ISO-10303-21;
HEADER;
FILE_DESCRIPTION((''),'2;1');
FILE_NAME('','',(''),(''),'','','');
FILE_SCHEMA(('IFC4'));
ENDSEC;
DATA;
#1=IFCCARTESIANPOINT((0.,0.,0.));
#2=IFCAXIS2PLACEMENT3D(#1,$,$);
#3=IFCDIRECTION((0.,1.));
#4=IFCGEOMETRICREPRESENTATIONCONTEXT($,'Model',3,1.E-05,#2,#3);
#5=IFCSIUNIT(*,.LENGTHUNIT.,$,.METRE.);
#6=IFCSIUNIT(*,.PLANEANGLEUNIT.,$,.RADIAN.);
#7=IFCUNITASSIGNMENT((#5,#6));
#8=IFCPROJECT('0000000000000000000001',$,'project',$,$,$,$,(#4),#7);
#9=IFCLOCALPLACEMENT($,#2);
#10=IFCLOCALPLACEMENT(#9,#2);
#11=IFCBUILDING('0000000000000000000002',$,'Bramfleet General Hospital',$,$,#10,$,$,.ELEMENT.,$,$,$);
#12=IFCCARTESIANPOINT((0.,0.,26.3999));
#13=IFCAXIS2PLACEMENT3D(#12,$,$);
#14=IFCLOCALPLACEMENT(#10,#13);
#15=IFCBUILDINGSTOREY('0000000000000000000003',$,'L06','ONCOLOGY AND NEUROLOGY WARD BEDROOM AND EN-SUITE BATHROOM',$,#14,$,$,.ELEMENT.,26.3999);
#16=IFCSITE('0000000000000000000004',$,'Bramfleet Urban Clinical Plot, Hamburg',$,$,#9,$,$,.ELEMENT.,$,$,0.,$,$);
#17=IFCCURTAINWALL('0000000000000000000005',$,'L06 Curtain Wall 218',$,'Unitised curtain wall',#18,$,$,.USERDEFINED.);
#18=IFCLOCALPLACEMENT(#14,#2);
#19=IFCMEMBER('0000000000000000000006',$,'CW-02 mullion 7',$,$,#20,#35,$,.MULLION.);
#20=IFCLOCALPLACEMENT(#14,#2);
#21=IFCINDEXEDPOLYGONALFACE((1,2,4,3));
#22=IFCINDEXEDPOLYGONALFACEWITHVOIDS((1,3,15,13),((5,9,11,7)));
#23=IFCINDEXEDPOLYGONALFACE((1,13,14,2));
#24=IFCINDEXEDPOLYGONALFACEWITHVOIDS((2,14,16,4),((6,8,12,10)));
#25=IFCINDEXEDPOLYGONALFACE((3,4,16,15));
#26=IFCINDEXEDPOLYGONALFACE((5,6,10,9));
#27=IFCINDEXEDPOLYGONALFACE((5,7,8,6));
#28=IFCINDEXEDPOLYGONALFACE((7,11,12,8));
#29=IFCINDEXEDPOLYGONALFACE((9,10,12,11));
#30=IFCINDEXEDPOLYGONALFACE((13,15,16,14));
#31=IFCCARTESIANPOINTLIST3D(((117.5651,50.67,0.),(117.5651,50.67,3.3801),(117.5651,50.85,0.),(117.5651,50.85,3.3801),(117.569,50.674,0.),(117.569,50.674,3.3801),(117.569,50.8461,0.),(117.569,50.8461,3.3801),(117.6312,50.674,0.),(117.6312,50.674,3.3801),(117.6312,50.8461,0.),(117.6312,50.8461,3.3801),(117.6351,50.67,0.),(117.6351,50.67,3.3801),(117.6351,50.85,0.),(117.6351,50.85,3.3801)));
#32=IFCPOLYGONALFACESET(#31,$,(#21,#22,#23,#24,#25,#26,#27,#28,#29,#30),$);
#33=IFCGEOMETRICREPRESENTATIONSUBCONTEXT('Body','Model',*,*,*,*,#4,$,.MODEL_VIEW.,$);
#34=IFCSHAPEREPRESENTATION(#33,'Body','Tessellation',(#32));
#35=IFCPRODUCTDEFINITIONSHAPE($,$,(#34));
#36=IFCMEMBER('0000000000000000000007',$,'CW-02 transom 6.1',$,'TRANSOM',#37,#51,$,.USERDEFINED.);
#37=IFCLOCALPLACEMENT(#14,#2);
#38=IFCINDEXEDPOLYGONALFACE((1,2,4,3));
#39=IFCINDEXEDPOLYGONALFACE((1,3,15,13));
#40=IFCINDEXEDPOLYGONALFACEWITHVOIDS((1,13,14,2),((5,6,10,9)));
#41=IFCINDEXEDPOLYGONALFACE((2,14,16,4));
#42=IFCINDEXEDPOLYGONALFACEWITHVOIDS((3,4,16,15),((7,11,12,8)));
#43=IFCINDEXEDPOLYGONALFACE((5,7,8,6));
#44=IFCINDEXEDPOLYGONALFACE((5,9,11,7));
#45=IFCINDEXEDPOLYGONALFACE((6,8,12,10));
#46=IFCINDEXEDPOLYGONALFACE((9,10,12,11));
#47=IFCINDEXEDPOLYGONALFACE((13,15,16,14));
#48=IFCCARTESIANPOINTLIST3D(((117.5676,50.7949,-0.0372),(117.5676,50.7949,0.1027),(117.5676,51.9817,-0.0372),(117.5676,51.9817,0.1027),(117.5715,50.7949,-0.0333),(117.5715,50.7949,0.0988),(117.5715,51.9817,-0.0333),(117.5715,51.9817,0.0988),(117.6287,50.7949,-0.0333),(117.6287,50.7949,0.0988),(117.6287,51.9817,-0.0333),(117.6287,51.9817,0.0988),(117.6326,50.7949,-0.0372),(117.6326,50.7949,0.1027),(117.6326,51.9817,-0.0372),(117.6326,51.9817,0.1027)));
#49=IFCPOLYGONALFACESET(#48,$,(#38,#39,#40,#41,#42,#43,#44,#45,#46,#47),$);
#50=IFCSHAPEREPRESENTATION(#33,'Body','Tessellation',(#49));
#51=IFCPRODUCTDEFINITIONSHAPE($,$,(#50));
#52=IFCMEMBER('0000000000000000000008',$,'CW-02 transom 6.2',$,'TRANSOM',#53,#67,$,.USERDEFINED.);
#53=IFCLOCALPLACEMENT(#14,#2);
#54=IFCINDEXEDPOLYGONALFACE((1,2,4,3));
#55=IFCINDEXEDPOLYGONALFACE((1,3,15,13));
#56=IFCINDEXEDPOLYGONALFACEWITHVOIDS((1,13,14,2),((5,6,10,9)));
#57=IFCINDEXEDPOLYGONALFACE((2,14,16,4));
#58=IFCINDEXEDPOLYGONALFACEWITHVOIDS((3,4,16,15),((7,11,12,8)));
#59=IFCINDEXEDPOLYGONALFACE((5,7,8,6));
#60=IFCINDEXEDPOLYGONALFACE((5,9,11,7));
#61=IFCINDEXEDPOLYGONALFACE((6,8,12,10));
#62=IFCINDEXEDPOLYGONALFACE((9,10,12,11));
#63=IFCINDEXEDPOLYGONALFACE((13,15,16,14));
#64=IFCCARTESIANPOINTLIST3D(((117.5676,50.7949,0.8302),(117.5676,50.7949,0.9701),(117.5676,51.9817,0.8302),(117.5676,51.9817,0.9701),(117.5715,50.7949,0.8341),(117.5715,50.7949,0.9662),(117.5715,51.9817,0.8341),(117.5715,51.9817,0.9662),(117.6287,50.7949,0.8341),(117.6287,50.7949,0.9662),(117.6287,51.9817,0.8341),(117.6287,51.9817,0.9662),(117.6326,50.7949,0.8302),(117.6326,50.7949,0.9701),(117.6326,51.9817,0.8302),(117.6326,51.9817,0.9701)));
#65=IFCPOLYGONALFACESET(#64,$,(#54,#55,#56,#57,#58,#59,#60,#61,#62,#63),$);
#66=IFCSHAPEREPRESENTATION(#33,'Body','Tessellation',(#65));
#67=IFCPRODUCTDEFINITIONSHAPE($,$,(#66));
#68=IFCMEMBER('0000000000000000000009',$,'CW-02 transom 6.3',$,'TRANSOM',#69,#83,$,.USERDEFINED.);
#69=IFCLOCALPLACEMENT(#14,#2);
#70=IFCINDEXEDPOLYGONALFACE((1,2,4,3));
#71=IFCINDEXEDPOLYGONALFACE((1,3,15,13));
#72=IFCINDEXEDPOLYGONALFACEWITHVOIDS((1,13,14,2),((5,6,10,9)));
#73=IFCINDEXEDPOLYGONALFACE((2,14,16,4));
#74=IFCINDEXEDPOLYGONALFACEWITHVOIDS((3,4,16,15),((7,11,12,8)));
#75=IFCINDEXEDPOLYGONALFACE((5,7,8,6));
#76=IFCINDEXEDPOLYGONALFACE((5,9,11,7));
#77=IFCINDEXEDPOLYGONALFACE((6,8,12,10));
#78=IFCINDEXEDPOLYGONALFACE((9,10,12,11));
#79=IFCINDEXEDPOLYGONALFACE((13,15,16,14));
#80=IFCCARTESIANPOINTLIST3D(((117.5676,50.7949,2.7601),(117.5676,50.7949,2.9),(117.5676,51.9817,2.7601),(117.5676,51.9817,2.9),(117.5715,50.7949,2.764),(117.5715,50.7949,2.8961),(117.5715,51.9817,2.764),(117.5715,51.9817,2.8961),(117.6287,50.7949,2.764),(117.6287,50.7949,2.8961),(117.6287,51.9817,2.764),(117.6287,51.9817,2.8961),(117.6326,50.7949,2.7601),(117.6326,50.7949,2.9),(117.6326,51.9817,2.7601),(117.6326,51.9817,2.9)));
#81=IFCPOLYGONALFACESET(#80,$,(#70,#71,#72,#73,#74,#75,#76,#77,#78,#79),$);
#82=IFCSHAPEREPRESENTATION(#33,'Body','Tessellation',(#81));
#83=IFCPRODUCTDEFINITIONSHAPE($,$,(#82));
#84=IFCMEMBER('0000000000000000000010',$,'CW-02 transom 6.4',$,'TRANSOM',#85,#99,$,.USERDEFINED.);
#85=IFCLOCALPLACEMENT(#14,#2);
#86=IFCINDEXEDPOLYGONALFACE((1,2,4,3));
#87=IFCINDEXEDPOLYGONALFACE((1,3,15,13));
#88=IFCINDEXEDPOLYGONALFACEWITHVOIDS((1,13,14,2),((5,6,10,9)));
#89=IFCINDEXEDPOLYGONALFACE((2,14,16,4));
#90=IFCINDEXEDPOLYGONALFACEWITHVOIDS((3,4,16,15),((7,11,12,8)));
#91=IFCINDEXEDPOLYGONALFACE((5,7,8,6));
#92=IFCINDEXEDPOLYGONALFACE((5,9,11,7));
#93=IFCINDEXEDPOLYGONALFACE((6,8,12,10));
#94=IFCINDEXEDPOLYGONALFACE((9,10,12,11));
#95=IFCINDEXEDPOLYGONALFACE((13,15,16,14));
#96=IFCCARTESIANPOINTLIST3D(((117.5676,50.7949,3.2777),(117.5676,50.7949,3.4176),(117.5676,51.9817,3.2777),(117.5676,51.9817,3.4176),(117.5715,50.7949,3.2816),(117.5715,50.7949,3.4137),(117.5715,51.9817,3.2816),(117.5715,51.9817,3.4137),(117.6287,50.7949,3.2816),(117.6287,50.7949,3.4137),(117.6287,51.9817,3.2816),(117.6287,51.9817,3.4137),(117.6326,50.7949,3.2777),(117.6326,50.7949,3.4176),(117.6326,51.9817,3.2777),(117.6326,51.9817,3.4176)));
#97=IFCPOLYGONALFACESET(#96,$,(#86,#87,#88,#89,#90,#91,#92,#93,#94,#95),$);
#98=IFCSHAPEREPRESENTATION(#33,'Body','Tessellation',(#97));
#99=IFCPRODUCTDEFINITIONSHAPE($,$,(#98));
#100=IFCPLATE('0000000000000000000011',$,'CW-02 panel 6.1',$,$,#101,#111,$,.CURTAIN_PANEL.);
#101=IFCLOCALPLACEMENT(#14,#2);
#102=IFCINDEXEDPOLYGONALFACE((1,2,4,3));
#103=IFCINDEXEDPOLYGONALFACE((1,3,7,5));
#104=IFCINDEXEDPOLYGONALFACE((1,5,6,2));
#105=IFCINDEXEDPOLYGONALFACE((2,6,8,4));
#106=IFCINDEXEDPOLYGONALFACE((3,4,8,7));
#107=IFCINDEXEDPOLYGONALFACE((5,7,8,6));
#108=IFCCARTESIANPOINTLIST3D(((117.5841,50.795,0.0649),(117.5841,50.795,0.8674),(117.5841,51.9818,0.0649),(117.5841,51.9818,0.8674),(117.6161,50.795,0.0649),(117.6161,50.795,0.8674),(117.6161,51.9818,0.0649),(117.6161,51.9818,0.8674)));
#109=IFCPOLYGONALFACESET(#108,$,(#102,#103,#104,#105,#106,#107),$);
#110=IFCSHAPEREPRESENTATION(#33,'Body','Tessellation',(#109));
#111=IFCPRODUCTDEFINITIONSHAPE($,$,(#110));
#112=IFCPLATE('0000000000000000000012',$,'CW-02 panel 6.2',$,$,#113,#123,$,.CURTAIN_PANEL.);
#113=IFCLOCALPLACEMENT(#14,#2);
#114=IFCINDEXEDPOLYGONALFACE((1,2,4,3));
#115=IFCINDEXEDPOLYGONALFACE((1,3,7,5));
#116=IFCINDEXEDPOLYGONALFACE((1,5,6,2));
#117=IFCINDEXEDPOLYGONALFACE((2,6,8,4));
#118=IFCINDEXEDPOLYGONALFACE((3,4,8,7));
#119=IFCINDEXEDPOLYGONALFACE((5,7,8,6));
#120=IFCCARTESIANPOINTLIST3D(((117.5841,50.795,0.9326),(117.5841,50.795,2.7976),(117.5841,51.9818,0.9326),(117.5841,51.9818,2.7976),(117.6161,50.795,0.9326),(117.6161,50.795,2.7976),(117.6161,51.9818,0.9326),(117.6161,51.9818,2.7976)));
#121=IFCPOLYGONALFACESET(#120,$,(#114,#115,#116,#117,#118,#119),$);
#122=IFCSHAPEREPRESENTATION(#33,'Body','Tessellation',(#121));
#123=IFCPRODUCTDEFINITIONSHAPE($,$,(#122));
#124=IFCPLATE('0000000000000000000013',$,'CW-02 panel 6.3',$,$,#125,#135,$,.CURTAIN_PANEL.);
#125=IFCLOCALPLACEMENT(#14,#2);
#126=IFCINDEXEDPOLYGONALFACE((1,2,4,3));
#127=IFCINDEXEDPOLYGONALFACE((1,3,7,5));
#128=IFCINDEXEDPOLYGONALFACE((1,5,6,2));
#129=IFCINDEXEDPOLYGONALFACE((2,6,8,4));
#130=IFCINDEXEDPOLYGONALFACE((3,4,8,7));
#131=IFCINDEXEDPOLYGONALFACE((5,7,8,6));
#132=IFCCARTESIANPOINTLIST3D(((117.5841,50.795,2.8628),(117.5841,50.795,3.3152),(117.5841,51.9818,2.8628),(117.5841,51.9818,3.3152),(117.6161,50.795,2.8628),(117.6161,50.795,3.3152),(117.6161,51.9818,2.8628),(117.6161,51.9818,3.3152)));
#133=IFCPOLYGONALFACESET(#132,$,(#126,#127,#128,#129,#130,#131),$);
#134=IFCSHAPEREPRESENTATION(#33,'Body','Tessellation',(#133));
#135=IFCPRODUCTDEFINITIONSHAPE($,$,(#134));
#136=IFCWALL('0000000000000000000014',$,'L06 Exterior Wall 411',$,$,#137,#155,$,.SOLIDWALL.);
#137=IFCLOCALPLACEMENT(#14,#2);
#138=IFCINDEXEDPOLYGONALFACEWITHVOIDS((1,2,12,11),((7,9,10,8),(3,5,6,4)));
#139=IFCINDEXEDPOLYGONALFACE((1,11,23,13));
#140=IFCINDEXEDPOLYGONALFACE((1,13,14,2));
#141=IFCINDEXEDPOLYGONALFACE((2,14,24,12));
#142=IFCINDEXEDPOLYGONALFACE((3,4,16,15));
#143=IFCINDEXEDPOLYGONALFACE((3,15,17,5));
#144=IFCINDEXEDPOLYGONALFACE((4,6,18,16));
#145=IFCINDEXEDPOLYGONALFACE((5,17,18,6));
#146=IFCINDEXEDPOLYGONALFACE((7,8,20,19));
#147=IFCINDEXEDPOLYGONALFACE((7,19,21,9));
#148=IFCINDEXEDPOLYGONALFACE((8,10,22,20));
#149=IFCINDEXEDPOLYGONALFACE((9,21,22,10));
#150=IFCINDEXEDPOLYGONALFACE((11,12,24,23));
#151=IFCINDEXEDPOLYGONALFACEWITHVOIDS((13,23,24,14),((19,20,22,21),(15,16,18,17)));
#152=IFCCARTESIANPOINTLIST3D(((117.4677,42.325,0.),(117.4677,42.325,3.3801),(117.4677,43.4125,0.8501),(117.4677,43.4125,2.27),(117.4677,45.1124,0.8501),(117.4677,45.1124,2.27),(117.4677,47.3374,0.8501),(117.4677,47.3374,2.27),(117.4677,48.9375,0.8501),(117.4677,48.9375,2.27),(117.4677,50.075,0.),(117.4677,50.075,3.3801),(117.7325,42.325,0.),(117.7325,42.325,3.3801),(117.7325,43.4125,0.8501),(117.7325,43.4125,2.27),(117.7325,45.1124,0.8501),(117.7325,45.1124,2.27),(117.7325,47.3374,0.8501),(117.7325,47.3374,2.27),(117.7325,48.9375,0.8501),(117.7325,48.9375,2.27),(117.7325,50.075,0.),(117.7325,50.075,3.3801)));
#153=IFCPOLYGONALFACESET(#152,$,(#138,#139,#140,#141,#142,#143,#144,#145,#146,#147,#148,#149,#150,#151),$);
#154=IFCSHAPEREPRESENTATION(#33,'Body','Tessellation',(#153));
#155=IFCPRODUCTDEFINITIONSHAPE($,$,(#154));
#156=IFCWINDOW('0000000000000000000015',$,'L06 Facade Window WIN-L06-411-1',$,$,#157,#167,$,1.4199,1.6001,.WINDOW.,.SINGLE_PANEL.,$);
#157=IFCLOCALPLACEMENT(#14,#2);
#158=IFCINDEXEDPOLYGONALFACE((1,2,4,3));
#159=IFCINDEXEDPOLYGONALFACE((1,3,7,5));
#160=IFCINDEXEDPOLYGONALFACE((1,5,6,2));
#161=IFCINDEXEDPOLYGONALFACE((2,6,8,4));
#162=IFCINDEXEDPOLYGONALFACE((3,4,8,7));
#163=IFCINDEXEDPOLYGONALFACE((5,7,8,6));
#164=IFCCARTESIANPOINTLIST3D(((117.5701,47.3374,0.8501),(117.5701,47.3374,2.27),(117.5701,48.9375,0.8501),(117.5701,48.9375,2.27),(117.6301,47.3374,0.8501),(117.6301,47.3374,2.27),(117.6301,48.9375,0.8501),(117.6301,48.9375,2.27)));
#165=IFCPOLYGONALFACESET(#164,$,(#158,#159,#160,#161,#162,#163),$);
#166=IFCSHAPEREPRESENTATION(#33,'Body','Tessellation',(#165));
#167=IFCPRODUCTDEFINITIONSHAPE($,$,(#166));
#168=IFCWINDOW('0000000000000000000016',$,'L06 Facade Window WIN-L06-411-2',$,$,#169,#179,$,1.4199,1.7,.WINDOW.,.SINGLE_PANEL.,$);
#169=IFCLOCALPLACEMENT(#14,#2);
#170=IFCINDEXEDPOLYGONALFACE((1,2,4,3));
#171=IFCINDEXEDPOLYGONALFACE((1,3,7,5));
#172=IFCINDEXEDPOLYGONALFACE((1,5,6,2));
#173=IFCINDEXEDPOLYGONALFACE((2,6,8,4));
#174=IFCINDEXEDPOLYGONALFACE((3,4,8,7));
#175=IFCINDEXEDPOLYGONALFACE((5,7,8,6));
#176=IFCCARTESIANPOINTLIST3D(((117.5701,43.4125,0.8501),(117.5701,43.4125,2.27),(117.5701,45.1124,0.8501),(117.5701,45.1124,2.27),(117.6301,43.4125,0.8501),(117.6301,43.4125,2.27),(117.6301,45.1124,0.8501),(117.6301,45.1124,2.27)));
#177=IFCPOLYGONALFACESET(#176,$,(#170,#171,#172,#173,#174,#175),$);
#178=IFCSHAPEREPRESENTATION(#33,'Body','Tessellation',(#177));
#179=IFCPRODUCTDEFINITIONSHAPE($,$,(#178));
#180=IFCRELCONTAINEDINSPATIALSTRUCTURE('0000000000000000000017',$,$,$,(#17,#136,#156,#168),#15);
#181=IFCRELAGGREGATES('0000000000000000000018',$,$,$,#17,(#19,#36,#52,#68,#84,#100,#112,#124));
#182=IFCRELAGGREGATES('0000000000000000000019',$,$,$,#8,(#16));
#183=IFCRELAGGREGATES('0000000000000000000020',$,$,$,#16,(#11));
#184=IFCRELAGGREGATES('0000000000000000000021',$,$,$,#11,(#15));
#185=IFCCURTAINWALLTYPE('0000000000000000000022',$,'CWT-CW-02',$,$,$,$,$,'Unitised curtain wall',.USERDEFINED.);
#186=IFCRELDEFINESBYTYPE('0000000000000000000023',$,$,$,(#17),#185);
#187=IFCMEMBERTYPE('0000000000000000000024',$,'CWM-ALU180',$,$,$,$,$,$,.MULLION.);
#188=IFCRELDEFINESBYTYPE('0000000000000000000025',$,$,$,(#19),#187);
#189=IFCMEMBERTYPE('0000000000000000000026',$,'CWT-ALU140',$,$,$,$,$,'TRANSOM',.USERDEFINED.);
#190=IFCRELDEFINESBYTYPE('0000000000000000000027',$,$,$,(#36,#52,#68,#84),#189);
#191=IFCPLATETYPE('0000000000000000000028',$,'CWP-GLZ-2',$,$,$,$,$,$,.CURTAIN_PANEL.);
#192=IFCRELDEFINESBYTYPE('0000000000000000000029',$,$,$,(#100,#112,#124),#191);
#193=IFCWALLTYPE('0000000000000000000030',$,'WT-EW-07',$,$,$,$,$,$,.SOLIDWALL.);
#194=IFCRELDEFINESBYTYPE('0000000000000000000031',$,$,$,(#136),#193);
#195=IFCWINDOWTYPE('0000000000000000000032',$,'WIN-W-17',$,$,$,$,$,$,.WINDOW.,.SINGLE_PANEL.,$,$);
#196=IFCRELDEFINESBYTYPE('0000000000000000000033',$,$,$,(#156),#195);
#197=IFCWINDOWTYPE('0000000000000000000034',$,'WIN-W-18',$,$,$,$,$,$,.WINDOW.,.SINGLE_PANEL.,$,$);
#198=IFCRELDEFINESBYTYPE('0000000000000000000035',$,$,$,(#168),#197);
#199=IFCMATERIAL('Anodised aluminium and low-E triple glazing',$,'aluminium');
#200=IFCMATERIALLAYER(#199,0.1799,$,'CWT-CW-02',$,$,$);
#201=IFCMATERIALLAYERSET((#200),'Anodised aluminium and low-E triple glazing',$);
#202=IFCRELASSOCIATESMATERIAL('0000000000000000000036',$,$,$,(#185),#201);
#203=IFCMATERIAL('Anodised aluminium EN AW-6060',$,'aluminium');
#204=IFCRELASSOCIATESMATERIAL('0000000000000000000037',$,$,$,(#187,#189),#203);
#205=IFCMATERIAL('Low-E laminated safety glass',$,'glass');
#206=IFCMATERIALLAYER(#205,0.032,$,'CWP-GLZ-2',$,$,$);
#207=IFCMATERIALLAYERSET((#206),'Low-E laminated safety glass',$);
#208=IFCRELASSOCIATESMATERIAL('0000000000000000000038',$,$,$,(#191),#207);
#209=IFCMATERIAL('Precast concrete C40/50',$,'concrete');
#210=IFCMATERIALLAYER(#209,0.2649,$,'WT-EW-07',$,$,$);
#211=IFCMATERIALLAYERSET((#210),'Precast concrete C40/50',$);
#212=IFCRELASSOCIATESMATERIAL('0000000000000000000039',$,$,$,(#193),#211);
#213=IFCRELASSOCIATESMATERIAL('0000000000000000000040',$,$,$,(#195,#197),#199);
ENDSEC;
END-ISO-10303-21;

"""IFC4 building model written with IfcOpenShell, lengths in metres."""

from ifc_helpers import new_model, si_unit, direction, frame, frame_2d, origin, origin_2d, place, context, subcontext, project, spatial, rectangle, hollow_rectangle, extrude, material, layer, layer_set, material_profile, profile_set, type_object, element, fill, aggregate, save


model = new_model("IFC4")

# Units and contexts
model_context = context("Model", 3, precision=1e-05, world=origin(), true_north=direction((0.0, 1.0)))
body_context = subcontext(model_context, "Body", "Model", "MODEL_VIEW")
ifc_project = project(units=[si_unit("LENGTHUNIT", "METRE"), si_unit("PLANEANGLEUNIT", "RADIAN")], contexts=[model_context])

# Site, building, storey
site_placement = place(None, origin())
site = spatial("IfcSite", under=ifc_project, at=site_placement, Name="Bramfleet Urban Clinical Plot, Hamburg", CompositionType="ELEMENT", RefElevation=0.0)
building_placement = place(site_placement, origin())
building = spatial("IfcBuilding", under=site, at=building_placement, Name="Bramfleet General Hospital", CompositionType="ELEMENT")
storey_placement = place(building_placement, frame((0.0, 0.0, 26.3999)))
storey = spatial("IfcBuildingStorey", under=building, at=storey_placement, Name="L06", Description="ONCOLOGY AND NEUROLOGY WARD BEDROOM AND EN-SUITE BATHROOM", CompositionType="ELEMENT", Elevation=26.3999)

# Curtain wall, members, plates
ifc_material_1 = material(Name="Anodised aluminium and low-E triple glazing", Category="aluminium")
ifc_layer_1 = layer(ifc_material_1, 0.1799, Name="CWT-CW-02")
ifc_layer_set_1 = layer_set([ifc_layer_1], Name="Anodised aluminium and low-E triple glazing")
curtain_wall_type = type_object("IfcCurtainWallType", Name="CWT-CW-02", ElementType="Unitised curtain wall", PredefinedType="USERDEFINED", material=ifc_layer_set_1)
curtain_wall_placement = place(storey_placement, origin())
curtain_wall = element("IfcCurtainWall", 1, at=curtain_wall_placement, inside=storey, type_object=curtain_wall_type, Name="L06 Curtain Wall 218", ObjectType="Unitised curtain wall", PredefinedType="USERDEFINED")
ifc_material_2 = material(Name="Anodised aluminium EN AW-6060", Category="aluminium")
ifc_material_profile_1 = material_profile(ifc_material_2, hollow_rectangle(XDim=0.0701, YDim=0.1799, WallThickness=0.0039, at=origin_2d()), Name="ALU 180x70x4.0")
ifc_profile_set_1 = profile_set([ifc_material_profile_1], Name="Anodised aluminium EN AW-6060")
member_type_1 = type_object("IfcMemberType", Name="CWM-ALU180", PredefinedType="MULLION", material=ifc_profile_set_1)
member_1_placement = place(storey_placement, frame((117.6001, 50.76, 0.0), z_axis=(0.0, 0.0, 1.0), x_axis=(1.0, 0.0, 0.0)))
member_1 = element("IfcMember", 2, at=member_1_placement, type_object=member_type_1, Name="CW-02 mullion 7", PredefinedType="MULLION", context=body_context, shape_type="SweptSolid", body=[
    extrude(hollow_rectangle(XDim=0.0701, YDim=0.1799, WallThickness=0.0039, at=origin_2d()), origin(), (0.0, 0.0, 1.0), 3.3801),
])
ifc_material_profile_2 = material_profile(ifc_material_2, hollow_rectangle(XDim=0.0649, YDim=0.1399, WallThickness=0.0039, at=origin_2d()), Name="ALU 140x65x4.0")
ifc_profile_set_2 = profile_set([ifc_material_profile_2], Name="Anodised aluminium EN AW-6060")
member_type_2 = type_object("IfcMemberType", Name="CWT-ALU140", ElementType="TRANSOM", PredefinedType="USERDEFINED", material=ifc_profile_set_2)
member_2_placement = place(storey_placement, frame((117.6001, 51.9817, 0.0327), z_axis=(0.0, -1.0, 0.0), x_axis=(1.0, 0.0, 0.0)))
member_2 = element("IfcMember", 3, at=member_2_placement, type_object=member_type_2, Name="CW-02 transom 6.1", ObjectType="TRANSOM", PredefinedType="USERDEFINED", context=body_context, shape_type="SweptSolid", body=[
    extrude(hollow_rectangle(XDim=0.0649, YDim=0.1399, WallThickness=0.0039, at=origin_2d()), origin(), (0.0, 0.0, 1.0), 1.1868),
])
member_3_placement = place(storey_placement, frame((117.6001, 51.9817, 0.9001), z_axis=(0.0, -1.0, 0.0), x_axis=(1.0, 0.0, 0.0)))
member_3 = element("IfcMember", 4, at=member_3_placement, type_object=member_type_2, Name="CW-02 transom 6.2", ObjectType="TRANSOM", PredefinedType="USERDEFINED", context=body_context, shape_type="SweptSolid", body=[
    extrude(hollow_rectangle(XDim=0.0649, YDim=0.1399, WallThickness=0.0039, at=origin_2d()), origin(), (0.0, 0.0, 1.0), 1.1868),
])
member_4_placement = place(storey_placement, frame((117.6001, 51.9817, 2.8301), z_axis=(0.0, -1.0, 0.0), x_axis=(1.0, 0.0, 0.0)))
member_4 = element("IfcMember", 5, at=member_4_placement, type_object=member_type_2, Name="CW-02 transom 6.3", ObjectType="TRANSOM", PredefinedType="USERDEFINED", context=body_context, shape_type="SweptSolid", body=[
    extrude(hollow_rectangle(XDim=0.0649, YDim=0.1399, WallThickness=0.0039, at=origin_2d()), origin(), (0.0, 0.0, 1.0), 1.1868),
])
member_5_placement = place(storey_placement, frame((117.6001, 51.9817, 3.3477), z_axis=(0.0, -1.0, 0.0), x_axis=(1.0, 0.0, 0.0)))
member_5 = element("IfcMember", 6, at=member_5_placement, type_object=member_type_2, Name="CW-02 transom 6.4", ObjectType="TRANSOM", PredefinedType="USERDEFINED", context=body_context, shape_type="SweptSolid", body=[
    extrude(hollow_rectangle(XDim=0.0649, YDim=0.1399, WallThickness=0.0039, at=origin_2d()), origin(), (0.0, 0.0, 1.0), 1.1868),
])
ifc_material_3 = material(Name="Low-E laminated safety glass", Category="glass")
ifc_layer_2 = layer(ifc_material_3, 0.032, Name="CWP-GLZ-2")
ifc_layer_set_2 = layer_set([ifc_layer_2], Name="Low-E laminated safety glass")
plate_type = type_object("IfcPlateType", Name="CWP-GLZ-2", PredefinedType="CURTAIN_PANEL", material=ifc_layer_set_2)
plate_1_placement = place(storey_placement, frame((117.6001, 51.3884, 0.0649), z_axis=(0.0, 0.0, 1.0), x_axis=(0.0, -1.0, 0.0)))
plate_1 = element("IfcPlate", 7, at=plate_1_placement, type_object=plate_type, Name="CW-02 panel 6.1", PredefinedType="CURTAIN_PANEL", context=body_context, shape_type="SweptSolid", body=[
    extrude(rectangle(XDim=1.1868, YDim=0.032, at=origin_2d()), origin(), (0.0, 0.0, 1.0), 0.8025),
])
plate_2_placement = place(storey_placement, frame((117.6001, 51.3884, 0.9326), z_axis=(0.0, 0.0, 1.0), x_axis=(0.0, -1.0, 0.0)))
plate_2 = element("IfcPlate", 8, at=plate_2_placement, type_object=plate_type, Name="CW-02 panel 6.2", PredefinedType="CURTAIN_PANEL", context=body_context, shape_type="SweptSolid", body=[
    extrude(rectangle(XDim=1.1868, YDim=0.032, at=origin_2d()), origin(), (0.0, 0.0, 1.0), 1.865),
])
plate_3_placement = place(storey_placement, frame((117.6001, 51.3884, 2.8628), z_axis=(0.0, 0.0, 1.0), x_axis=(0.0, -1.0, 0.0)))
plate_3 = element("IfcPlate", 9, at=plate_3_placement, type_object=plate_type, Name="CW-02 panel 6.3", PredefinedType="CURTAIN_PANEL", context=body_context, shape_type="SweptSolid", body=[
    extrude(rectangle(XDim=1.1868, YDim=0.032, at=origin_2d()), origin(), (0.0, 0.0, 1.0), 0.4524),
])
aggregate(curtain_wall, [member_1, member_2, member_3, member_4, member_5, plate_1, plate_2, plate_3])

# Wall, openings, windows
ifc_material_4 = material(Name="Precast concrete C40/50", Category="concrete")
ifc_layer_3 = layer(ifc_material_4, 0.2649, Name="WT-EW-07")
ifc_layer_set_3 = layer_set([ifc_layer_3], Name="Precast concrete C40/50")
wall_type_1 = type_object("IfcWallType", Name="WT-EW-07", PredefinedType="SOLIDWALL", material=ifc_layer_set_3)
wall_1_placement = place(storey_placement, frame((117.6001, 50.075, 0.0), z_axis=(0.0, 0.0, 1.0), x_axis=(0.0, -1.0, 0.0)))
wall_1 = element("IfcWall", 10, at=wall_1_placement, inside=storey, type_object=wall_type_1, Name="L06 Exterior Wall 411", PredefinedType="SOLIDWALL", context=body_context, shape_type="SweptSolid", body=[
    extrude(rectangle(XDim=7.75, YDim=0.2649, at=frame_2d((3.875, 0.0))), origin(), (0.0, 0.0, 1.0), 3.3801),
])
opening_1_placement = place(wall_1_placement, frame((1.1375, 0.0, 0.8501)))
opening_1 = element("IfcOpeningElement", 11, at=opening_1_placement, cuts=wall_1, PredefinedType="OPENING", context=body_context, shape_type="SweptSolid", body=[
    extrude(rectangle(XDim=1.6001, YDim=1.4199, at=frame_2d((0.8, 0.71))), frame((0.0, 0.1423, 0.0), z_axis=(0.0, -1.0, 0.0), x_axis=(1.0, 0.0, 0.0)), (0.0, 0.0, 1.0), 0.2849),
])
opening_2_placement = place(wall_1_placement, frame((4.9624, 0.0, 0.8501)))
opening_2 = element("IfcOpeningElement", 12, at=opening_2_placement, cuts=wall_1, PredefinedType="OPENING", context=body_context, shape_type="SweptSolid", body=[
    extrude(rectangle(XDim=1.7, YDim=1.4199, at=frame_2d((0.8501, 0.71))), frame((0.0, 0.1423, 0.0), z_axis=(0.0, -1.0, 0.0), x_axis=(1.0, 0.0, 0.0)), (0.0, 0.0, 1.0), 0.2849),
])
window_type_1 = type_object("IfcWindowType", Name="WIN-W-17", PartitioningType="SINGLE_PANEL", PredefinedType="WINDOW", material=ifc_material_1)
window_1_placement = place(opening_1_placement, origin())
window_1 = element("IfcWindow", 13, at=window_1_placement, inside=storey, type_object=window_type_1, Name="L06 Facade Window WIN-L06-411-1", OverallHeight=1.4199, OverallWidth=1.6001, PartitioningType="SINGLE_PANEL", PredefinedType="WINDOW", context=body_context, shape_type="SweptSolid", body=[
    extrude(rectangle(XDim=1.6001, YDim=1.4199, at=frame_2d((0.8, 0.71))), frame((0.0, 0.03, 0.0), z_axis=(0.0, -1.0, 0.0), x_axis=(1.0, 0.0, 0.0)), (0.0, 0.0, 1.0), 0.0601),
])
fill(opening_1, window_1)
window_type_2 = type_object("IfcWindowType", Name="WIN-W-18", PartitioningType="SINGLE_PANEL", PredefinedType="WINDOW", material=ifc_material_1)
window_2_placement = place(opening_2_placement, origin())
window_2 = element("IfcWindow", 14, at=window_2_placement, inside=storey, type_object=window_type_2, Name="L06 Facade Window WIN-L06-411-2", OverallHeight=1.4199, OverallWidth=1.7, PartitioningType="SINGLE_PANEL", PredefinedType="WINDOW", context=body_context, shape_type="SweptSolid", body=[
    extrude(rectangle(XDim=1.7, YDim=1.4199, at=frame_2d((0.8501, 0.71))), frame((0.0, 0.03, 0.0), z_axis=(0.0, -1.0, 0.0), x_axis=(1.0, 0.0, 0.0)), (0.0, 0.0, 1.0), 0.0601),
])
fill(opening_2, window_2)

save(model, "model.ifc")
